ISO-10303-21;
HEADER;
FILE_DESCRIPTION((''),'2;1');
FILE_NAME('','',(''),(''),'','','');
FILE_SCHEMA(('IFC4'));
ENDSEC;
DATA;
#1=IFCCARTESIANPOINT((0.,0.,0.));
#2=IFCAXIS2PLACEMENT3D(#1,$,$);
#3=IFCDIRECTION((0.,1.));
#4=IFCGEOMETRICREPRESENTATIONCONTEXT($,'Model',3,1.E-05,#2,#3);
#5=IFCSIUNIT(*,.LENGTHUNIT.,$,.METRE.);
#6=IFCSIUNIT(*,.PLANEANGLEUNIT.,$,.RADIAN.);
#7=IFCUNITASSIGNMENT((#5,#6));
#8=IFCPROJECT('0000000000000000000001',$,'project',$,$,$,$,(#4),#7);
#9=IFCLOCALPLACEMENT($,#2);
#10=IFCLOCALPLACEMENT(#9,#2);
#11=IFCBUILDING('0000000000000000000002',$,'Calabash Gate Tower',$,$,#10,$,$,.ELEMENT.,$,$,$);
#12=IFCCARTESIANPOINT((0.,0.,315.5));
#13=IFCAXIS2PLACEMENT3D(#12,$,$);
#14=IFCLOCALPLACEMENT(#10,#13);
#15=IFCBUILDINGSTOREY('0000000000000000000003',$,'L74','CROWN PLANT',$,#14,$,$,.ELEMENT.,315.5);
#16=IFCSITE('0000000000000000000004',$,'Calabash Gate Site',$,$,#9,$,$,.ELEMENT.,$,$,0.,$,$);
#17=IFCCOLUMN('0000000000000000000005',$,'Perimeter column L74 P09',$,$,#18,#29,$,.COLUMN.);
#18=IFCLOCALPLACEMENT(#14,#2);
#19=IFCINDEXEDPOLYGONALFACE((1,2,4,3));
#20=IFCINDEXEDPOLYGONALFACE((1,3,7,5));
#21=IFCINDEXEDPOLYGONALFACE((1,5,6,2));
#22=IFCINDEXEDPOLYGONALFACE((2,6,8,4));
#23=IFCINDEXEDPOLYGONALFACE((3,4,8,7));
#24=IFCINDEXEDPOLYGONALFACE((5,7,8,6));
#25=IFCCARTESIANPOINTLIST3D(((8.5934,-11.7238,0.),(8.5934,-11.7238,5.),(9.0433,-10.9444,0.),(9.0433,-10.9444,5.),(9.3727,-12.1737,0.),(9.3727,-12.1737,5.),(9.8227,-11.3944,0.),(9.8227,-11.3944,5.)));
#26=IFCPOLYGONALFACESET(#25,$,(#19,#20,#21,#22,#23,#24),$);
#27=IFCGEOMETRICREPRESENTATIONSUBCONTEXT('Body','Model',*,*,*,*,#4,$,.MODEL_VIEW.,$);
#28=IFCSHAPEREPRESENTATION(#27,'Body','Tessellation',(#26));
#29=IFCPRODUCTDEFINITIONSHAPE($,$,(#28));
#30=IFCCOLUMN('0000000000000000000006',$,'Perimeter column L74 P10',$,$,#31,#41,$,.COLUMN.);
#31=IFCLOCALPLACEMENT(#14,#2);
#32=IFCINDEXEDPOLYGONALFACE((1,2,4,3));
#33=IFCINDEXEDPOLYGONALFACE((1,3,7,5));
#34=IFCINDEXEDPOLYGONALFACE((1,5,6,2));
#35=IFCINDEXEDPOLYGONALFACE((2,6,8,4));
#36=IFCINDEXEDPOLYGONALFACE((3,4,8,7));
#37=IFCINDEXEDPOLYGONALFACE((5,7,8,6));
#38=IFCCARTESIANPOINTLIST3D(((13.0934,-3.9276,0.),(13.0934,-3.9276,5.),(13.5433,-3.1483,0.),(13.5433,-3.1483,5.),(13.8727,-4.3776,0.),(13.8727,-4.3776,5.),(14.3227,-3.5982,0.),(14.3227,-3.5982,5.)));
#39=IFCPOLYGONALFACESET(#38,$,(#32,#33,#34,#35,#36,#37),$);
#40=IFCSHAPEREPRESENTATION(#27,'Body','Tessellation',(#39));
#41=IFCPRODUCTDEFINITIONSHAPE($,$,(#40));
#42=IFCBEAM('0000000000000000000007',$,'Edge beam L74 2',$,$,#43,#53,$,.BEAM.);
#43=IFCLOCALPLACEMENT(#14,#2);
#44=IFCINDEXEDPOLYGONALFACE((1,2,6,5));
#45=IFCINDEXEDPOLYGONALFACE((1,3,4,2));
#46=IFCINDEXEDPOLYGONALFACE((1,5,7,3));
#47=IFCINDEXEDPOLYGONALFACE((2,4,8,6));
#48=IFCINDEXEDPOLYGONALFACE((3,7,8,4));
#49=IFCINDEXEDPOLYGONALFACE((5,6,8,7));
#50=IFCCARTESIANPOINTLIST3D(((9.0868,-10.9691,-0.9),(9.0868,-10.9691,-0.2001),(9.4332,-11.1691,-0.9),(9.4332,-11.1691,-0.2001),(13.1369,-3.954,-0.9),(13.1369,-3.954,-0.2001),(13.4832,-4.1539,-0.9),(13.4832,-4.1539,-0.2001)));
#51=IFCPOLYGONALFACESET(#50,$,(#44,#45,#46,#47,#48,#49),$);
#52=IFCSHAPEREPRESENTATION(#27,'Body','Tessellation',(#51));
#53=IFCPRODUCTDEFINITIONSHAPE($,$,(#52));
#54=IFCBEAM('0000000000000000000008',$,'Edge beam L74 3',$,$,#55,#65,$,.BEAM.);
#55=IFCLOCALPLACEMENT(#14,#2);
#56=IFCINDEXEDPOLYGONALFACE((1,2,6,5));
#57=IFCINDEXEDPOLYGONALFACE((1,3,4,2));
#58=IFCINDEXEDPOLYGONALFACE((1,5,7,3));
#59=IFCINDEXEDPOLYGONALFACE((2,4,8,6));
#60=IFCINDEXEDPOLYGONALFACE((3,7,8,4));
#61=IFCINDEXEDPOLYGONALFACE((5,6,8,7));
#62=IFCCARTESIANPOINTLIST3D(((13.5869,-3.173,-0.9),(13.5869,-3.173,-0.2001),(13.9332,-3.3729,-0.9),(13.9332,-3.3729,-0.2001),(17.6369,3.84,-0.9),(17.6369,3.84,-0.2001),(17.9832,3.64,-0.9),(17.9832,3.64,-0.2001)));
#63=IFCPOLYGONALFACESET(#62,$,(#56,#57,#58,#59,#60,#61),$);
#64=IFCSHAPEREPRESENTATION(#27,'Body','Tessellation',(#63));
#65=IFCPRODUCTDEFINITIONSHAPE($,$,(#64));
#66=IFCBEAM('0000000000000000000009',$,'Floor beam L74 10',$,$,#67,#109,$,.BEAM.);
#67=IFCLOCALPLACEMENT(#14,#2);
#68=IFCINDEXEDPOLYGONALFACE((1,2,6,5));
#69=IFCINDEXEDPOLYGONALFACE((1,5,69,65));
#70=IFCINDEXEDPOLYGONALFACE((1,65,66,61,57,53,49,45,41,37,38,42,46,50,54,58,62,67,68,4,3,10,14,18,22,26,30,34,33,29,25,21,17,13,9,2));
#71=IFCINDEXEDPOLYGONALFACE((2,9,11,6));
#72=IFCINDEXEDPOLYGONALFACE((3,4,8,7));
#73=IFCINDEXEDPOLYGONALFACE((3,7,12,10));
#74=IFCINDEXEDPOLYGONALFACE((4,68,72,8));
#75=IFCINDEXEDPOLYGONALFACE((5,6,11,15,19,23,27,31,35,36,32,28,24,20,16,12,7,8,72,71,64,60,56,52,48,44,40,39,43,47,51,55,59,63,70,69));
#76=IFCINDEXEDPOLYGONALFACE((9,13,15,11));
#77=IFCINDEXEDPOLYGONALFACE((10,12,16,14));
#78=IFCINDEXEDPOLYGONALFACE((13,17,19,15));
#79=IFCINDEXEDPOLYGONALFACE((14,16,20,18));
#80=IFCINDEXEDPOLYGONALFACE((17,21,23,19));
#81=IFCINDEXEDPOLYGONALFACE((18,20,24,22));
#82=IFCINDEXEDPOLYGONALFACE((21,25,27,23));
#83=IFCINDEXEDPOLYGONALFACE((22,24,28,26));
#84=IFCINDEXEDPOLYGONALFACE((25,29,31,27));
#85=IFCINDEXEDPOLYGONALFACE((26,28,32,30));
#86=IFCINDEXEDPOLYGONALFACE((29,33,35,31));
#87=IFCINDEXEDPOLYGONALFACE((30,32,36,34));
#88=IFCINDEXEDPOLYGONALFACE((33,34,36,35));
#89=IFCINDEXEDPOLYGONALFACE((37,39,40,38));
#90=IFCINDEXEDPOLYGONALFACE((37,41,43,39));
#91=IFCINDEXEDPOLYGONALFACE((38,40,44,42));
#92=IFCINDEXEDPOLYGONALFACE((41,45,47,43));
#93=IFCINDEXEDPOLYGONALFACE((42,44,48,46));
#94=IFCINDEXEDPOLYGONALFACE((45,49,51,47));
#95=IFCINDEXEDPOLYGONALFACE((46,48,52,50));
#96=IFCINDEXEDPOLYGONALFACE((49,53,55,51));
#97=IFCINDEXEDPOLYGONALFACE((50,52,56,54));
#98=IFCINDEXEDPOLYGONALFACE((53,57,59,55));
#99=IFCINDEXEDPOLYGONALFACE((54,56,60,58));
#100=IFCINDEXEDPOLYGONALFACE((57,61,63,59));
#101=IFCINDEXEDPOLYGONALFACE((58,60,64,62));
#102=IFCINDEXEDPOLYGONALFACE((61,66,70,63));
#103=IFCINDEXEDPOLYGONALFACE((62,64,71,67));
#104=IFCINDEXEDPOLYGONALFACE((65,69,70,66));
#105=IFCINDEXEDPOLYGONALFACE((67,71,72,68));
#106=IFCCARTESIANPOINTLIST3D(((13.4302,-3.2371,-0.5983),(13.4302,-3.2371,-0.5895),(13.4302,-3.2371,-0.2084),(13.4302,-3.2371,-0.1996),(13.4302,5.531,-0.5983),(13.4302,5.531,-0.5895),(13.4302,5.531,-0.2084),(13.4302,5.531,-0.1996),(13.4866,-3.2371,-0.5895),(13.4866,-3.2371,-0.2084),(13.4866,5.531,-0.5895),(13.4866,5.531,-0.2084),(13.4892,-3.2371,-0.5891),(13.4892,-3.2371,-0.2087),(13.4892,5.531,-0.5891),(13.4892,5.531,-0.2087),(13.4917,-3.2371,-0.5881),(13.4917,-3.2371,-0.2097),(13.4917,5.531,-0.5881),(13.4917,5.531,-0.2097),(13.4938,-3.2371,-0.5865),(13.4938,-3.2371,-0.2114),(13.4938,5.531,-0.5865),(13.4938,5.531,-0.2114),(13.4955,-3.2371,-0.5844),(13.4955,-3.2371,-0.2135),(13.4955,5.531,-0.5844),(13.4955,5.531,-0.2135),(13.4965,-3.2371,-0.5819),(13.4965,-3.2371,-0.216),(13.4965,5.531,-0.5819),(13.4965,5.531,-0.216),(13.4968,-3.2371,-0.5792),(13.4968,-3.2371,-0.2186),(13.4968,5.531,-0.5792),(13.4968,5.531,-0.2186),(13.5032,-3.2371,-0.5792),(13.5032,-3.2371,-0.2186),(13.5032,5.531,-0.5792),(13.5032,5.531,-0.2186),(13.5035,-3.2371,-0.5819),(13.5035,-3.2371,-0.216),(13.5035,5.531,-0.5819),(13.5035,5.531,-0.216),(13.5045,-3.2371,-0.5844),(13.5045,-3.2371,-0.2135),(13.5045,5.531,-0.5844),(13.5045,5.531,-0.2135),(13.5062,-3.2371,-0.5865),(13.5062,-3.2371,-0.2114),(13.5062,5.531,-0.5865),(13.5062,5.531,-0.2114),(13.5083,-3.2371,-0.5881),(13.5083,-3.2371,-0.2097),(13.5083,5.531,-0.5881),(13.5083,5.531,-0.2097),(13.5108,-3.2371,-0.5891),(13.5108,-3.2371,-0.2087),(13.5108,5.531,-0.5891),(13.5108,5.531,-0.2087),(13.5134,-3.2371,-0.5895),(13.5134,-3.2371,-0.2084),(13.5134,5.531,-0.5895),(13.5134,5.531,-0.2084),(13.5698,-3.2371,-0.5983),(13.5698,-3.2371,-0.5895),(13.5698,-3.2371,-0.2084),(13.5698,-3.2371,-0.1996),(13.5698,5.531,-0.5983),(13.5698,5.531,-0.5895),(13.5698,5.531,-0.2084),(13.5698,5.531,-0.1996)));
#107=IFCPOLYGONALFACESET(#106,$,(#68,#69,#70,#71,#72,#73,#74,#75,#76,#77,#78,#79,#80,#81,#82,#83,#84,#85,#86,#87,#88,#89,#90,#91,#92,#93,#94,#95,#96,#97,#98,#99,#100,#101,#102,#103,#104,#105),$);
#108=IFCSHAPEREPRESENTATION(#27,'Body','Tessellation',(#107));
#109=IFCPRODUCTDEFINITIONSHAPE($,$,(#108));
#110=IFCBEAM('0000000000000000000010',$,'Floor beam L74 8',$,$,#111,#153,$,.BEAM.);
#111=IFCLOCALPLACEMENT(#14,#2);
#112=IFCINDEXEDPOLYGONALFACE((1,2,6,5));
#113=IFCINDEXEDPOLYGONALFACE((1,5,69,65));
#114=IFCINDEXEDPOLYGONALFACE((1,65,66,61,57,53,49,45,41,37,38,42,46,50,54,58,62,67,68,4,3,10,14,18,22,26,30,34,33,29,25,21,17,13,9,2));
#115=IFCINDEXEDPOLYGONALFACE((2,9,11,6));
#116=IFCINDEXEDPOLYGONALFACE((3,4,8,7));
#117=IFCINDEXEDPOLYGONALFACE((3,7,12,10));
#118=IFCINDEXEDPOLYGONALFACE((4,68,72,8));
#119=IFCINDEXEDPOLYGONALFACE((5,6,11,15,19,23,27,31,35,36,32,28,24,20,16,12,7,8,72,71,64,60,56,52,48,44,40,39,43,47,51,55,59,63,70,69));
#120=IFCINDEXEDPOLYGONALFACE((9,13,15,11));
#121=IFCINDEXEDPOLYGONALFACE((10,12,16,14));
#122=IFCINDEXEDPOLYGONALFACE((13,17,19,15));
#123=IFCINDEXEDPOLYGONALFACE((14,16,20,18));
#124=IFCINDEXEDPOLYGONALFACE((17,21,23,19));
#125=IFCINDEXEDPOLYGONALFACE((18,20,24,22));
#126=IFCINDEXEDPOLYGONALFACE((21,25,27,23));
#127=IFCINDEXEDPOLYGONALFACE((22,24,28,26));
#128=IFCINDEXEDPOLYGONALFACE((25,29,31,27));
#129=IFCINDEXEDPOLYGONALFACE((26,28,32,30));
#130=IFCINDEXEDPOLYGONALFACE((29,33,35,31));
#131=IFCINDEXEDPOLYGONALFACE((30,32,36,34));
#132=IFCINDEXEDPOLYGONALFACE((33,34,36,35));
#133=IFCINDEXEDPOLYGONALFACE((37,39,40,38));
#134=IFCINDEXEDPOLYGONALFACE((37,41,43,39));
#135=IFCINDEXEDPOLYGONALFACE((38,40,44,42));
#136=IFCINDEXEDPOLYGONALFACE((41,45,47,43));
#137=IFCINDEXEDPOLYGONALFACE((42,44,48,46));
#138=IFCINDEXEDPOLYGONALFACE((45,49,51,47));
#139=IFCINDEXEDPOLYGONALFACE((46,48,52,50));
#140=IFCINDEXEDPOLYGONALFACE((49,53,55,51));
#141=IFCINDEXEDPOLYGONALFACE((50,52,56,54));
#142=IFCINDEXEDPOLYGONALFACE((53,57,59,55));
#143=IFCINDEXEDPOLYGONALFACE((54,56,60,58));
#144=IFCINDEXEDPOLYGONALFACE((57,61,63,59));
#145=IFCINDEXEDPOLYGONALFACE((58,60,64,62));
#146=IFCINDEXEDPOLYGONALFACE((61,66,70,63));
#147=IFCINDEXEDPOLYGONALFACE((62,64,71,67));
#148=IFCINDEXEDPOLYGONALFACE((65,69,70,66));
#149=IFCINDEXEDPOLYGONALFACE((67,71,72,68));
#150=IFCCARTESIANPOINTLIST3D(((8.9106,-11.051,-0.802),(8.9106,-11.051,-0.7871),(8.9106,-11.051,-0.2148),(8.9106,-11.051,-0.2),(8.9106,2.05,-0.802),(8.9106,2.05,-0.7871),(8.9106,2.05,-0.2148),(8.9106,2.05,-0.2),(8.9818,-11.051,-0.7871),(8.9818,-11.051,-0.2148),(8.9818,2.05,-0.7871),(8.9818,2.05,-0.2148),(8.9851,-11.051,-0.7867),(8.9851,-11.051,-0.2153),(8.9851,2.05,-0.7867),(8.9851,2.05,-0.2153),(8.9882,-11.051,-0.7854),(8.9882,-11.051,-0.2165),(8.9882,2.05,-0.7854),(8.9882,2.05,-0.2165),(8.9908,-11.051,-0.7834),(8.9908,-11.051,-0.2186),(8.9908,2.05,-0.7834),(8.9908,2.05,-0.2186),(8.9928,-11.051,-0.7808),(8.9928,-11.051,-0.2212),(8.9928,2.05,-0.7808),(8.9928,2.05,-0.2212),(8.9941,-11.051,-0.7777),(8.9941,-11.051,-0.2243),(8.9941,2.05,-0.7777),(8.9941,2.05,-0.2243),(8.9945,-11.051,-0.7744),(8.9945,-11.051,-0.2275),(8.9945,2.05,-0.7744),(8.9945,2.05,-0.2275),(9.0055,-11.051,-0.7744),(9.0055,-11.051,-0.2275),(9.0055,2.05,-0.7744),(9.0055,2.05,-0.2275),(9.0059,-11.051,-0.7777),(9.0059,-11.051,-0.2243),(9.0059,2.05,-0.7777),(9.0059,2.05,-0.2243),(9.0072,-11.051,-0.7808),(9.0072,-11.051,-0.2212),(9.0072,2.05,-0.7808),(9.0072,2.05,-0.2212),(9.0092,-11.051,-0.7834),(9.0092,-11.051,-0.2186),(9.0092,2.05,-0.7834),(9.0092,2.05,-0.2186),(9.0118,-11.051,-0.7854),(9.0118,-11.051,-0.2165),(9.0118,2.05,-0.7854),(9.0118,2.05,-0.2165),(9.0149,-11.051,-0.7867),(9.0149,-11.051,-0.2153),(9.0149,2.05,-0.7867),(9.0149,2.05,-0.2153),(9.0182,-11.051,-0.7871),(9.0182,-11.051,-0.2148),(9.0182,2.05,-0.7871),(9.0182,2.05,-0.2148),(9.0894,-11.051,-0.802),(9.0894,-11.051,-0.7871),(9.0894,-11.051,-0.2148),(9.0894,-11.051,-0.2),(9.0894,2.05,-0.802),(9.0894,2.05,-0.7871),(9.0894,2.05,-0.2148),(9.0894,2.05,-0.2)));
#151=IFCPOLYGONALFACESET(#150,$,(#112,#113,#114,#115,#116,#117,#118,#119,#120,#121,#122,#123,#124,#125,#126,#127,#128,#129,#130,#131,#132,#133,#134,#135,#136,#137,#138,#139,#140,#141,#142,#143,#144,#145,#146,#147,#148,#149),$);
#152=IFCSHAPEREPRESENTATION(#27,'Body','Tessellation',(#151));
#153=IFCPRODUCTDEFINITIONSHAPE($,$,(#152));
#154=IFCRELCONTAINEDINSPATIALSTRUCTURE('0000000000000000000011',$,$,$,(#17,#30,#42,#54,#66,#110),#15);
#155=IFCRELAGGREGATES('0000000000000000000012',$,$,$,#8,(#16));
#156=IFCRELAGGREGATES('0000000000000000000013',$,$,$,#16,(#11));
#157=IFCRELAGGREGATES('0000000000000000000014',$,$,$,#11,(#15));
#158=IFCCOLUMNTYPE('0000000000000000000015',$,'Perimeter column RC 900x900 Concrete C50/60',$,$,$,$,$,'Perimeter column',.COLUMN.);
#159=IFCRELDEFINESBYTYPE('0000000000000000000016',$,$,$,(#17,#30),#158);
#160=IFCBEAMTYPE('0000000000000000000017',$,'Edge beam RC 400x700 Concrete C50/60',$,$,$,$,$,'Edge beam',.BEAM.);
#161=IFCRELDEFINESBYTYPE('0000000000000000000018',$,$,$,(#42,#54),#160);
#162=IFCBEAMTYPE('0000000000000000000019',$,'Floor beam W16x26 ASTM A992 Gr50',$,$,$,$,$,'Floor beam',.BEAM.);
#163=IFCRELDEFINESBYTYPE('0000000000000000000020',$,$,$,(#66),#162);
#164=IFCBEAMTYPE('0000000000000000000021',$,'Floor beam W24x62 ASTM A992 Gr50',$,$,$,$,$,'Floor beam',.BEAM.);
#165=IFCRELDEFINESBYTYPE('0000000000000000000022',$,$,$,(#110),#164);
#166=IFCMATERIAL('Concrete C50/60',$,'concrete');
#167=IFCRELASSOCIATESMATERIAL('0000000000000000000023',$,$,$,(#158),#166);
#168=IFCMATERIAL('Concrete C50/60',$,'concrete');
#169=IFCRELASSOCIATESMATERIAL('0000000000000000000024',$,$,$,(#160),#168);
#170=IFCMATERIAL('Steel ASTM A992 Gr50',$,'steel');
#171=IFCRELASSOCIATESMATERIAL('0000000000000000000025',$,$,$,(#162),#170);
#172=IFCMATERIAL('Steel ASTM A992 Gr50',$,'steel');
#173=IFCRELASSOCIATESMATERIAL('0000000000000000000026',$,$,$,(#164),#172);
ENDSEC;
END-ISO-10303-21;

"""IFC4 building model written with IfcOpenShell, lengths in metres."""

from ifc_helpers import new_model, si_unit, direction, frame, origin, origin_2d, place, context, subcontext, project, spatial, rectangle, i_section, extrude, material, material_profile, profile_set, type_object, element, save


model = new_model("IFC4")

# Units and contexts
model_context = context("Model", 3, precision=1e-05, world=origin(), true_north=direction((0.0, 1.0)))
body_context = subcontext(model_context, "Body", "Model", "MODEL_VIEW")
ifc_project = project(units=[si_unit("LENGTHUNIT", "METRE"), si_unit("PLANEANGLEUNIT", "RADIAN")], contexts=[model_context])

# Site, building, storey
site_placement = place(None, origin())
site = spatial("IfcSite", under=ifc_project, at=site_placement, Name="Calabash Gate Site", CompositionType="ELEMENT", RefElevation=0.0)
building_placement = place(site_placement, origin())
building = spatial("IfcBuilding", under=site, at=building_placement, Name="Calabash Gate Tower", CompositionType="ELEMENT")
storey_placement = place(building_placement, frame((0.0, 0.0, 315.5)))
storey = spatial("IfcBuildingStorey", under=building, at=storey_placement, Name="L74", Description="CROWN PLANT", CompositionType="ELEMENT", Elevation=315.5)

# Columns
ifc_material_1 = material(Name="Concrete C50/60", Category="concrete")
ifc_material_profile_1 = material_profile(ifc_material_1, rectangle(XDim=0.8999, YDim=0.8999, at=origin_2d()))
ifc_profile_set_1 = profile_set([ifc_material_profile_1], Name="Concrete C50/60")
column_type = type_object("IfcColumnType", Name="Perimeter column RC 900x900 Concrete C50/60", ElementType="Perimeter column", PredefinedType="COLUMN", material=ifc_profile_set_1)
for number, where, z_axis, x_axis, name in (
    (1, (9.208, -11.5591, 0.0), (0.0, 0.0, 1.0), (0.5, 0.866025, 0.0), "Perimeter column L74 P09"),
    (2, (13.708, -3.7629, 0.0), (0.0, 0.0, 1.0), (0.5, 0.866025, 0.0), "Perimeter column L74 P10"),
):
    element("IfcColumn", number, at=place(storey_placement, frame(where, z_axis=z_axis, x_axis=x_axis)), inside=storey, type_object=column_type, Name=name, PredefinedType="COLUMN", context=body_context, shape_type="SweptSolid", body=[
        extrude(rectangle(XDim=0.8999, YDim=0.8999, at=origin_2d()), origin(), (0.0, 0.0, 1.0), 5.0),
    ])

# Beams
ifc_material_2 = material(Name="Concrete C50/60", Category="concrete")
ifc_material_profile_2 = material_profile(ifc_material_2, rectangle(XDim=0.3999, YDim=0.7, at=origin_2d()))
ifc_profile_set_2 = profile_set([ifc_material_profile_2], Name="Concrete C50/60")
beam_type_1 = type_object("IfcBeamType", Name="Edge beam RC 400x700 Concrete C50/60", ElementType="Edge beam", PredefinedType="BEAM", material=ifc_profile_set_2)
beam_1_placement = place(storey_placement, frame((9.26, -11.0691, -0.55), z_axis=(0.499987, 0.866033, 0.0), x_axis=(-0.866033, 0.499987, 0.0)))
element("IfcBeam", 3, at=beam_1_placement, inside=storey, type_object=beam_type_1, Name="Edge beam L74 2", PredefinedType="BEAM", context=body_context, shape_type="SweptSolid", body=[
    extrude(rectangle(XDim=0.3999, YDim=0.7, at=origin_2d()), origin(), (0.0, 0.0, 1.0), 8.1003),
])
beam_2_placement = place(storey_placement, frame((13.76, -3.2729, -0.55), z_axis=(0.500104, 0.865965, 0.0), x_axis=(-0.865965, 0.500104, 0.0)))
element("IfcBeam", 4, at=beam_2_placement, inside=storey, type_object=beam_type_1, Name="Edge beam L74 3", PredefinedType="BEAM", context=body_context, shape_type="SweptSolid", body=[
    extrude(rectangle(XDim=0.3999, YDim=0.7, at=origin_2d()), origin(), (0.0, 0.0, 1.0), 8.0984),
])
ifc_material_3 = material(Name="Steel ASTM A992 Gr50", Category="steel")
ifc_material_profile_3 = material_profile(ifc_material_3, i_section(OverallWidth=0.1396, OverallDepth=0.3987, WebThickness=0.0063, FlangeThickness=0.0088, FilletRadius=0.0103, at=origin_2d()))
ifc_profile_set_3 = profile_set([ifc_material_profile_3], Name="Steel ASTM A992 Gr50")
beam_type_2 = type_object("IfcBeamType", Name="Floor beam W16x26 ASTM A992 Gr50", ElementType="Floor beam", PredefinedType="BEAM", material=ifc_profile_set_3)
beam_3_placement = place(storey_placement, frame((13.5, -3.2371, -0.3989), z_axis=(0.0, 1.0, 0.0), x_axis=(-1.0, 0.0, 0.0)))
element("IfcBeam", 5, at=beam_3_placement, inside=storey, type_object=beam_type_2, Name="Floor beam L74 10", PredefinedType="BEAM", context=body_context, shape_type="SweptSolid", body=[
    extrude(i_section(OverallWidth=0.1396, OverallDepth=0.3987, WebThickness=0.0063, FlangeThickness=0.0088, FilletRadius=0.0103, at=origin_2d()), origin(), (0.0, 0.0, 1.0), 8.7681),
])
ifc_material_4 = material(Name="Steel ASTM A992 Gr50", Category="steel")
ifc_material_profile_4 = material_profile(ifc_material_4, i_section(OverallWidth=0.1787, OverallDepth=0.6021, WebThickness=0.011, FlangeThickness=0.0149, FilletRadius=0.0127, at=origin_2d()))
ifc_profile_set_4 = profile_set([ifc_material_profile_4], Name="Steel ASTM A992 Gr50")
beam_type_3 = type_object("IfcBeamType", Name="Floor beam W24x62 ASTM A992 Gr50", ElementType="Floor beam", PredefinedType="BEAM", material=ifc_profile_set_4)
beam_4_placement = place(storey_placement, frame((9.0, -11.051, -0.501), z_axis=(0.0, 1.0, 0.0), x_axis=(-1.0, 0.0, 0.0)))
element("IfcBeam", 6, at=beam_4_placement, inside=storey, type_object=beam_type_3, Name="Floor beam L74 8", PredefinedType="BEAM", context=body_context, shape_type="SweptSolid", body=[
    extrude(i_section(OverallWidth=0.1787, OverallDepth=0.6021, WebThickness=0.011, FlangeThickness=0.0149, FilletRadius=0.0127, at=origin_2d()), origin(), (0.0, 0.0, 1.0), 13.1011),
])

save(model, "model.ifc")
